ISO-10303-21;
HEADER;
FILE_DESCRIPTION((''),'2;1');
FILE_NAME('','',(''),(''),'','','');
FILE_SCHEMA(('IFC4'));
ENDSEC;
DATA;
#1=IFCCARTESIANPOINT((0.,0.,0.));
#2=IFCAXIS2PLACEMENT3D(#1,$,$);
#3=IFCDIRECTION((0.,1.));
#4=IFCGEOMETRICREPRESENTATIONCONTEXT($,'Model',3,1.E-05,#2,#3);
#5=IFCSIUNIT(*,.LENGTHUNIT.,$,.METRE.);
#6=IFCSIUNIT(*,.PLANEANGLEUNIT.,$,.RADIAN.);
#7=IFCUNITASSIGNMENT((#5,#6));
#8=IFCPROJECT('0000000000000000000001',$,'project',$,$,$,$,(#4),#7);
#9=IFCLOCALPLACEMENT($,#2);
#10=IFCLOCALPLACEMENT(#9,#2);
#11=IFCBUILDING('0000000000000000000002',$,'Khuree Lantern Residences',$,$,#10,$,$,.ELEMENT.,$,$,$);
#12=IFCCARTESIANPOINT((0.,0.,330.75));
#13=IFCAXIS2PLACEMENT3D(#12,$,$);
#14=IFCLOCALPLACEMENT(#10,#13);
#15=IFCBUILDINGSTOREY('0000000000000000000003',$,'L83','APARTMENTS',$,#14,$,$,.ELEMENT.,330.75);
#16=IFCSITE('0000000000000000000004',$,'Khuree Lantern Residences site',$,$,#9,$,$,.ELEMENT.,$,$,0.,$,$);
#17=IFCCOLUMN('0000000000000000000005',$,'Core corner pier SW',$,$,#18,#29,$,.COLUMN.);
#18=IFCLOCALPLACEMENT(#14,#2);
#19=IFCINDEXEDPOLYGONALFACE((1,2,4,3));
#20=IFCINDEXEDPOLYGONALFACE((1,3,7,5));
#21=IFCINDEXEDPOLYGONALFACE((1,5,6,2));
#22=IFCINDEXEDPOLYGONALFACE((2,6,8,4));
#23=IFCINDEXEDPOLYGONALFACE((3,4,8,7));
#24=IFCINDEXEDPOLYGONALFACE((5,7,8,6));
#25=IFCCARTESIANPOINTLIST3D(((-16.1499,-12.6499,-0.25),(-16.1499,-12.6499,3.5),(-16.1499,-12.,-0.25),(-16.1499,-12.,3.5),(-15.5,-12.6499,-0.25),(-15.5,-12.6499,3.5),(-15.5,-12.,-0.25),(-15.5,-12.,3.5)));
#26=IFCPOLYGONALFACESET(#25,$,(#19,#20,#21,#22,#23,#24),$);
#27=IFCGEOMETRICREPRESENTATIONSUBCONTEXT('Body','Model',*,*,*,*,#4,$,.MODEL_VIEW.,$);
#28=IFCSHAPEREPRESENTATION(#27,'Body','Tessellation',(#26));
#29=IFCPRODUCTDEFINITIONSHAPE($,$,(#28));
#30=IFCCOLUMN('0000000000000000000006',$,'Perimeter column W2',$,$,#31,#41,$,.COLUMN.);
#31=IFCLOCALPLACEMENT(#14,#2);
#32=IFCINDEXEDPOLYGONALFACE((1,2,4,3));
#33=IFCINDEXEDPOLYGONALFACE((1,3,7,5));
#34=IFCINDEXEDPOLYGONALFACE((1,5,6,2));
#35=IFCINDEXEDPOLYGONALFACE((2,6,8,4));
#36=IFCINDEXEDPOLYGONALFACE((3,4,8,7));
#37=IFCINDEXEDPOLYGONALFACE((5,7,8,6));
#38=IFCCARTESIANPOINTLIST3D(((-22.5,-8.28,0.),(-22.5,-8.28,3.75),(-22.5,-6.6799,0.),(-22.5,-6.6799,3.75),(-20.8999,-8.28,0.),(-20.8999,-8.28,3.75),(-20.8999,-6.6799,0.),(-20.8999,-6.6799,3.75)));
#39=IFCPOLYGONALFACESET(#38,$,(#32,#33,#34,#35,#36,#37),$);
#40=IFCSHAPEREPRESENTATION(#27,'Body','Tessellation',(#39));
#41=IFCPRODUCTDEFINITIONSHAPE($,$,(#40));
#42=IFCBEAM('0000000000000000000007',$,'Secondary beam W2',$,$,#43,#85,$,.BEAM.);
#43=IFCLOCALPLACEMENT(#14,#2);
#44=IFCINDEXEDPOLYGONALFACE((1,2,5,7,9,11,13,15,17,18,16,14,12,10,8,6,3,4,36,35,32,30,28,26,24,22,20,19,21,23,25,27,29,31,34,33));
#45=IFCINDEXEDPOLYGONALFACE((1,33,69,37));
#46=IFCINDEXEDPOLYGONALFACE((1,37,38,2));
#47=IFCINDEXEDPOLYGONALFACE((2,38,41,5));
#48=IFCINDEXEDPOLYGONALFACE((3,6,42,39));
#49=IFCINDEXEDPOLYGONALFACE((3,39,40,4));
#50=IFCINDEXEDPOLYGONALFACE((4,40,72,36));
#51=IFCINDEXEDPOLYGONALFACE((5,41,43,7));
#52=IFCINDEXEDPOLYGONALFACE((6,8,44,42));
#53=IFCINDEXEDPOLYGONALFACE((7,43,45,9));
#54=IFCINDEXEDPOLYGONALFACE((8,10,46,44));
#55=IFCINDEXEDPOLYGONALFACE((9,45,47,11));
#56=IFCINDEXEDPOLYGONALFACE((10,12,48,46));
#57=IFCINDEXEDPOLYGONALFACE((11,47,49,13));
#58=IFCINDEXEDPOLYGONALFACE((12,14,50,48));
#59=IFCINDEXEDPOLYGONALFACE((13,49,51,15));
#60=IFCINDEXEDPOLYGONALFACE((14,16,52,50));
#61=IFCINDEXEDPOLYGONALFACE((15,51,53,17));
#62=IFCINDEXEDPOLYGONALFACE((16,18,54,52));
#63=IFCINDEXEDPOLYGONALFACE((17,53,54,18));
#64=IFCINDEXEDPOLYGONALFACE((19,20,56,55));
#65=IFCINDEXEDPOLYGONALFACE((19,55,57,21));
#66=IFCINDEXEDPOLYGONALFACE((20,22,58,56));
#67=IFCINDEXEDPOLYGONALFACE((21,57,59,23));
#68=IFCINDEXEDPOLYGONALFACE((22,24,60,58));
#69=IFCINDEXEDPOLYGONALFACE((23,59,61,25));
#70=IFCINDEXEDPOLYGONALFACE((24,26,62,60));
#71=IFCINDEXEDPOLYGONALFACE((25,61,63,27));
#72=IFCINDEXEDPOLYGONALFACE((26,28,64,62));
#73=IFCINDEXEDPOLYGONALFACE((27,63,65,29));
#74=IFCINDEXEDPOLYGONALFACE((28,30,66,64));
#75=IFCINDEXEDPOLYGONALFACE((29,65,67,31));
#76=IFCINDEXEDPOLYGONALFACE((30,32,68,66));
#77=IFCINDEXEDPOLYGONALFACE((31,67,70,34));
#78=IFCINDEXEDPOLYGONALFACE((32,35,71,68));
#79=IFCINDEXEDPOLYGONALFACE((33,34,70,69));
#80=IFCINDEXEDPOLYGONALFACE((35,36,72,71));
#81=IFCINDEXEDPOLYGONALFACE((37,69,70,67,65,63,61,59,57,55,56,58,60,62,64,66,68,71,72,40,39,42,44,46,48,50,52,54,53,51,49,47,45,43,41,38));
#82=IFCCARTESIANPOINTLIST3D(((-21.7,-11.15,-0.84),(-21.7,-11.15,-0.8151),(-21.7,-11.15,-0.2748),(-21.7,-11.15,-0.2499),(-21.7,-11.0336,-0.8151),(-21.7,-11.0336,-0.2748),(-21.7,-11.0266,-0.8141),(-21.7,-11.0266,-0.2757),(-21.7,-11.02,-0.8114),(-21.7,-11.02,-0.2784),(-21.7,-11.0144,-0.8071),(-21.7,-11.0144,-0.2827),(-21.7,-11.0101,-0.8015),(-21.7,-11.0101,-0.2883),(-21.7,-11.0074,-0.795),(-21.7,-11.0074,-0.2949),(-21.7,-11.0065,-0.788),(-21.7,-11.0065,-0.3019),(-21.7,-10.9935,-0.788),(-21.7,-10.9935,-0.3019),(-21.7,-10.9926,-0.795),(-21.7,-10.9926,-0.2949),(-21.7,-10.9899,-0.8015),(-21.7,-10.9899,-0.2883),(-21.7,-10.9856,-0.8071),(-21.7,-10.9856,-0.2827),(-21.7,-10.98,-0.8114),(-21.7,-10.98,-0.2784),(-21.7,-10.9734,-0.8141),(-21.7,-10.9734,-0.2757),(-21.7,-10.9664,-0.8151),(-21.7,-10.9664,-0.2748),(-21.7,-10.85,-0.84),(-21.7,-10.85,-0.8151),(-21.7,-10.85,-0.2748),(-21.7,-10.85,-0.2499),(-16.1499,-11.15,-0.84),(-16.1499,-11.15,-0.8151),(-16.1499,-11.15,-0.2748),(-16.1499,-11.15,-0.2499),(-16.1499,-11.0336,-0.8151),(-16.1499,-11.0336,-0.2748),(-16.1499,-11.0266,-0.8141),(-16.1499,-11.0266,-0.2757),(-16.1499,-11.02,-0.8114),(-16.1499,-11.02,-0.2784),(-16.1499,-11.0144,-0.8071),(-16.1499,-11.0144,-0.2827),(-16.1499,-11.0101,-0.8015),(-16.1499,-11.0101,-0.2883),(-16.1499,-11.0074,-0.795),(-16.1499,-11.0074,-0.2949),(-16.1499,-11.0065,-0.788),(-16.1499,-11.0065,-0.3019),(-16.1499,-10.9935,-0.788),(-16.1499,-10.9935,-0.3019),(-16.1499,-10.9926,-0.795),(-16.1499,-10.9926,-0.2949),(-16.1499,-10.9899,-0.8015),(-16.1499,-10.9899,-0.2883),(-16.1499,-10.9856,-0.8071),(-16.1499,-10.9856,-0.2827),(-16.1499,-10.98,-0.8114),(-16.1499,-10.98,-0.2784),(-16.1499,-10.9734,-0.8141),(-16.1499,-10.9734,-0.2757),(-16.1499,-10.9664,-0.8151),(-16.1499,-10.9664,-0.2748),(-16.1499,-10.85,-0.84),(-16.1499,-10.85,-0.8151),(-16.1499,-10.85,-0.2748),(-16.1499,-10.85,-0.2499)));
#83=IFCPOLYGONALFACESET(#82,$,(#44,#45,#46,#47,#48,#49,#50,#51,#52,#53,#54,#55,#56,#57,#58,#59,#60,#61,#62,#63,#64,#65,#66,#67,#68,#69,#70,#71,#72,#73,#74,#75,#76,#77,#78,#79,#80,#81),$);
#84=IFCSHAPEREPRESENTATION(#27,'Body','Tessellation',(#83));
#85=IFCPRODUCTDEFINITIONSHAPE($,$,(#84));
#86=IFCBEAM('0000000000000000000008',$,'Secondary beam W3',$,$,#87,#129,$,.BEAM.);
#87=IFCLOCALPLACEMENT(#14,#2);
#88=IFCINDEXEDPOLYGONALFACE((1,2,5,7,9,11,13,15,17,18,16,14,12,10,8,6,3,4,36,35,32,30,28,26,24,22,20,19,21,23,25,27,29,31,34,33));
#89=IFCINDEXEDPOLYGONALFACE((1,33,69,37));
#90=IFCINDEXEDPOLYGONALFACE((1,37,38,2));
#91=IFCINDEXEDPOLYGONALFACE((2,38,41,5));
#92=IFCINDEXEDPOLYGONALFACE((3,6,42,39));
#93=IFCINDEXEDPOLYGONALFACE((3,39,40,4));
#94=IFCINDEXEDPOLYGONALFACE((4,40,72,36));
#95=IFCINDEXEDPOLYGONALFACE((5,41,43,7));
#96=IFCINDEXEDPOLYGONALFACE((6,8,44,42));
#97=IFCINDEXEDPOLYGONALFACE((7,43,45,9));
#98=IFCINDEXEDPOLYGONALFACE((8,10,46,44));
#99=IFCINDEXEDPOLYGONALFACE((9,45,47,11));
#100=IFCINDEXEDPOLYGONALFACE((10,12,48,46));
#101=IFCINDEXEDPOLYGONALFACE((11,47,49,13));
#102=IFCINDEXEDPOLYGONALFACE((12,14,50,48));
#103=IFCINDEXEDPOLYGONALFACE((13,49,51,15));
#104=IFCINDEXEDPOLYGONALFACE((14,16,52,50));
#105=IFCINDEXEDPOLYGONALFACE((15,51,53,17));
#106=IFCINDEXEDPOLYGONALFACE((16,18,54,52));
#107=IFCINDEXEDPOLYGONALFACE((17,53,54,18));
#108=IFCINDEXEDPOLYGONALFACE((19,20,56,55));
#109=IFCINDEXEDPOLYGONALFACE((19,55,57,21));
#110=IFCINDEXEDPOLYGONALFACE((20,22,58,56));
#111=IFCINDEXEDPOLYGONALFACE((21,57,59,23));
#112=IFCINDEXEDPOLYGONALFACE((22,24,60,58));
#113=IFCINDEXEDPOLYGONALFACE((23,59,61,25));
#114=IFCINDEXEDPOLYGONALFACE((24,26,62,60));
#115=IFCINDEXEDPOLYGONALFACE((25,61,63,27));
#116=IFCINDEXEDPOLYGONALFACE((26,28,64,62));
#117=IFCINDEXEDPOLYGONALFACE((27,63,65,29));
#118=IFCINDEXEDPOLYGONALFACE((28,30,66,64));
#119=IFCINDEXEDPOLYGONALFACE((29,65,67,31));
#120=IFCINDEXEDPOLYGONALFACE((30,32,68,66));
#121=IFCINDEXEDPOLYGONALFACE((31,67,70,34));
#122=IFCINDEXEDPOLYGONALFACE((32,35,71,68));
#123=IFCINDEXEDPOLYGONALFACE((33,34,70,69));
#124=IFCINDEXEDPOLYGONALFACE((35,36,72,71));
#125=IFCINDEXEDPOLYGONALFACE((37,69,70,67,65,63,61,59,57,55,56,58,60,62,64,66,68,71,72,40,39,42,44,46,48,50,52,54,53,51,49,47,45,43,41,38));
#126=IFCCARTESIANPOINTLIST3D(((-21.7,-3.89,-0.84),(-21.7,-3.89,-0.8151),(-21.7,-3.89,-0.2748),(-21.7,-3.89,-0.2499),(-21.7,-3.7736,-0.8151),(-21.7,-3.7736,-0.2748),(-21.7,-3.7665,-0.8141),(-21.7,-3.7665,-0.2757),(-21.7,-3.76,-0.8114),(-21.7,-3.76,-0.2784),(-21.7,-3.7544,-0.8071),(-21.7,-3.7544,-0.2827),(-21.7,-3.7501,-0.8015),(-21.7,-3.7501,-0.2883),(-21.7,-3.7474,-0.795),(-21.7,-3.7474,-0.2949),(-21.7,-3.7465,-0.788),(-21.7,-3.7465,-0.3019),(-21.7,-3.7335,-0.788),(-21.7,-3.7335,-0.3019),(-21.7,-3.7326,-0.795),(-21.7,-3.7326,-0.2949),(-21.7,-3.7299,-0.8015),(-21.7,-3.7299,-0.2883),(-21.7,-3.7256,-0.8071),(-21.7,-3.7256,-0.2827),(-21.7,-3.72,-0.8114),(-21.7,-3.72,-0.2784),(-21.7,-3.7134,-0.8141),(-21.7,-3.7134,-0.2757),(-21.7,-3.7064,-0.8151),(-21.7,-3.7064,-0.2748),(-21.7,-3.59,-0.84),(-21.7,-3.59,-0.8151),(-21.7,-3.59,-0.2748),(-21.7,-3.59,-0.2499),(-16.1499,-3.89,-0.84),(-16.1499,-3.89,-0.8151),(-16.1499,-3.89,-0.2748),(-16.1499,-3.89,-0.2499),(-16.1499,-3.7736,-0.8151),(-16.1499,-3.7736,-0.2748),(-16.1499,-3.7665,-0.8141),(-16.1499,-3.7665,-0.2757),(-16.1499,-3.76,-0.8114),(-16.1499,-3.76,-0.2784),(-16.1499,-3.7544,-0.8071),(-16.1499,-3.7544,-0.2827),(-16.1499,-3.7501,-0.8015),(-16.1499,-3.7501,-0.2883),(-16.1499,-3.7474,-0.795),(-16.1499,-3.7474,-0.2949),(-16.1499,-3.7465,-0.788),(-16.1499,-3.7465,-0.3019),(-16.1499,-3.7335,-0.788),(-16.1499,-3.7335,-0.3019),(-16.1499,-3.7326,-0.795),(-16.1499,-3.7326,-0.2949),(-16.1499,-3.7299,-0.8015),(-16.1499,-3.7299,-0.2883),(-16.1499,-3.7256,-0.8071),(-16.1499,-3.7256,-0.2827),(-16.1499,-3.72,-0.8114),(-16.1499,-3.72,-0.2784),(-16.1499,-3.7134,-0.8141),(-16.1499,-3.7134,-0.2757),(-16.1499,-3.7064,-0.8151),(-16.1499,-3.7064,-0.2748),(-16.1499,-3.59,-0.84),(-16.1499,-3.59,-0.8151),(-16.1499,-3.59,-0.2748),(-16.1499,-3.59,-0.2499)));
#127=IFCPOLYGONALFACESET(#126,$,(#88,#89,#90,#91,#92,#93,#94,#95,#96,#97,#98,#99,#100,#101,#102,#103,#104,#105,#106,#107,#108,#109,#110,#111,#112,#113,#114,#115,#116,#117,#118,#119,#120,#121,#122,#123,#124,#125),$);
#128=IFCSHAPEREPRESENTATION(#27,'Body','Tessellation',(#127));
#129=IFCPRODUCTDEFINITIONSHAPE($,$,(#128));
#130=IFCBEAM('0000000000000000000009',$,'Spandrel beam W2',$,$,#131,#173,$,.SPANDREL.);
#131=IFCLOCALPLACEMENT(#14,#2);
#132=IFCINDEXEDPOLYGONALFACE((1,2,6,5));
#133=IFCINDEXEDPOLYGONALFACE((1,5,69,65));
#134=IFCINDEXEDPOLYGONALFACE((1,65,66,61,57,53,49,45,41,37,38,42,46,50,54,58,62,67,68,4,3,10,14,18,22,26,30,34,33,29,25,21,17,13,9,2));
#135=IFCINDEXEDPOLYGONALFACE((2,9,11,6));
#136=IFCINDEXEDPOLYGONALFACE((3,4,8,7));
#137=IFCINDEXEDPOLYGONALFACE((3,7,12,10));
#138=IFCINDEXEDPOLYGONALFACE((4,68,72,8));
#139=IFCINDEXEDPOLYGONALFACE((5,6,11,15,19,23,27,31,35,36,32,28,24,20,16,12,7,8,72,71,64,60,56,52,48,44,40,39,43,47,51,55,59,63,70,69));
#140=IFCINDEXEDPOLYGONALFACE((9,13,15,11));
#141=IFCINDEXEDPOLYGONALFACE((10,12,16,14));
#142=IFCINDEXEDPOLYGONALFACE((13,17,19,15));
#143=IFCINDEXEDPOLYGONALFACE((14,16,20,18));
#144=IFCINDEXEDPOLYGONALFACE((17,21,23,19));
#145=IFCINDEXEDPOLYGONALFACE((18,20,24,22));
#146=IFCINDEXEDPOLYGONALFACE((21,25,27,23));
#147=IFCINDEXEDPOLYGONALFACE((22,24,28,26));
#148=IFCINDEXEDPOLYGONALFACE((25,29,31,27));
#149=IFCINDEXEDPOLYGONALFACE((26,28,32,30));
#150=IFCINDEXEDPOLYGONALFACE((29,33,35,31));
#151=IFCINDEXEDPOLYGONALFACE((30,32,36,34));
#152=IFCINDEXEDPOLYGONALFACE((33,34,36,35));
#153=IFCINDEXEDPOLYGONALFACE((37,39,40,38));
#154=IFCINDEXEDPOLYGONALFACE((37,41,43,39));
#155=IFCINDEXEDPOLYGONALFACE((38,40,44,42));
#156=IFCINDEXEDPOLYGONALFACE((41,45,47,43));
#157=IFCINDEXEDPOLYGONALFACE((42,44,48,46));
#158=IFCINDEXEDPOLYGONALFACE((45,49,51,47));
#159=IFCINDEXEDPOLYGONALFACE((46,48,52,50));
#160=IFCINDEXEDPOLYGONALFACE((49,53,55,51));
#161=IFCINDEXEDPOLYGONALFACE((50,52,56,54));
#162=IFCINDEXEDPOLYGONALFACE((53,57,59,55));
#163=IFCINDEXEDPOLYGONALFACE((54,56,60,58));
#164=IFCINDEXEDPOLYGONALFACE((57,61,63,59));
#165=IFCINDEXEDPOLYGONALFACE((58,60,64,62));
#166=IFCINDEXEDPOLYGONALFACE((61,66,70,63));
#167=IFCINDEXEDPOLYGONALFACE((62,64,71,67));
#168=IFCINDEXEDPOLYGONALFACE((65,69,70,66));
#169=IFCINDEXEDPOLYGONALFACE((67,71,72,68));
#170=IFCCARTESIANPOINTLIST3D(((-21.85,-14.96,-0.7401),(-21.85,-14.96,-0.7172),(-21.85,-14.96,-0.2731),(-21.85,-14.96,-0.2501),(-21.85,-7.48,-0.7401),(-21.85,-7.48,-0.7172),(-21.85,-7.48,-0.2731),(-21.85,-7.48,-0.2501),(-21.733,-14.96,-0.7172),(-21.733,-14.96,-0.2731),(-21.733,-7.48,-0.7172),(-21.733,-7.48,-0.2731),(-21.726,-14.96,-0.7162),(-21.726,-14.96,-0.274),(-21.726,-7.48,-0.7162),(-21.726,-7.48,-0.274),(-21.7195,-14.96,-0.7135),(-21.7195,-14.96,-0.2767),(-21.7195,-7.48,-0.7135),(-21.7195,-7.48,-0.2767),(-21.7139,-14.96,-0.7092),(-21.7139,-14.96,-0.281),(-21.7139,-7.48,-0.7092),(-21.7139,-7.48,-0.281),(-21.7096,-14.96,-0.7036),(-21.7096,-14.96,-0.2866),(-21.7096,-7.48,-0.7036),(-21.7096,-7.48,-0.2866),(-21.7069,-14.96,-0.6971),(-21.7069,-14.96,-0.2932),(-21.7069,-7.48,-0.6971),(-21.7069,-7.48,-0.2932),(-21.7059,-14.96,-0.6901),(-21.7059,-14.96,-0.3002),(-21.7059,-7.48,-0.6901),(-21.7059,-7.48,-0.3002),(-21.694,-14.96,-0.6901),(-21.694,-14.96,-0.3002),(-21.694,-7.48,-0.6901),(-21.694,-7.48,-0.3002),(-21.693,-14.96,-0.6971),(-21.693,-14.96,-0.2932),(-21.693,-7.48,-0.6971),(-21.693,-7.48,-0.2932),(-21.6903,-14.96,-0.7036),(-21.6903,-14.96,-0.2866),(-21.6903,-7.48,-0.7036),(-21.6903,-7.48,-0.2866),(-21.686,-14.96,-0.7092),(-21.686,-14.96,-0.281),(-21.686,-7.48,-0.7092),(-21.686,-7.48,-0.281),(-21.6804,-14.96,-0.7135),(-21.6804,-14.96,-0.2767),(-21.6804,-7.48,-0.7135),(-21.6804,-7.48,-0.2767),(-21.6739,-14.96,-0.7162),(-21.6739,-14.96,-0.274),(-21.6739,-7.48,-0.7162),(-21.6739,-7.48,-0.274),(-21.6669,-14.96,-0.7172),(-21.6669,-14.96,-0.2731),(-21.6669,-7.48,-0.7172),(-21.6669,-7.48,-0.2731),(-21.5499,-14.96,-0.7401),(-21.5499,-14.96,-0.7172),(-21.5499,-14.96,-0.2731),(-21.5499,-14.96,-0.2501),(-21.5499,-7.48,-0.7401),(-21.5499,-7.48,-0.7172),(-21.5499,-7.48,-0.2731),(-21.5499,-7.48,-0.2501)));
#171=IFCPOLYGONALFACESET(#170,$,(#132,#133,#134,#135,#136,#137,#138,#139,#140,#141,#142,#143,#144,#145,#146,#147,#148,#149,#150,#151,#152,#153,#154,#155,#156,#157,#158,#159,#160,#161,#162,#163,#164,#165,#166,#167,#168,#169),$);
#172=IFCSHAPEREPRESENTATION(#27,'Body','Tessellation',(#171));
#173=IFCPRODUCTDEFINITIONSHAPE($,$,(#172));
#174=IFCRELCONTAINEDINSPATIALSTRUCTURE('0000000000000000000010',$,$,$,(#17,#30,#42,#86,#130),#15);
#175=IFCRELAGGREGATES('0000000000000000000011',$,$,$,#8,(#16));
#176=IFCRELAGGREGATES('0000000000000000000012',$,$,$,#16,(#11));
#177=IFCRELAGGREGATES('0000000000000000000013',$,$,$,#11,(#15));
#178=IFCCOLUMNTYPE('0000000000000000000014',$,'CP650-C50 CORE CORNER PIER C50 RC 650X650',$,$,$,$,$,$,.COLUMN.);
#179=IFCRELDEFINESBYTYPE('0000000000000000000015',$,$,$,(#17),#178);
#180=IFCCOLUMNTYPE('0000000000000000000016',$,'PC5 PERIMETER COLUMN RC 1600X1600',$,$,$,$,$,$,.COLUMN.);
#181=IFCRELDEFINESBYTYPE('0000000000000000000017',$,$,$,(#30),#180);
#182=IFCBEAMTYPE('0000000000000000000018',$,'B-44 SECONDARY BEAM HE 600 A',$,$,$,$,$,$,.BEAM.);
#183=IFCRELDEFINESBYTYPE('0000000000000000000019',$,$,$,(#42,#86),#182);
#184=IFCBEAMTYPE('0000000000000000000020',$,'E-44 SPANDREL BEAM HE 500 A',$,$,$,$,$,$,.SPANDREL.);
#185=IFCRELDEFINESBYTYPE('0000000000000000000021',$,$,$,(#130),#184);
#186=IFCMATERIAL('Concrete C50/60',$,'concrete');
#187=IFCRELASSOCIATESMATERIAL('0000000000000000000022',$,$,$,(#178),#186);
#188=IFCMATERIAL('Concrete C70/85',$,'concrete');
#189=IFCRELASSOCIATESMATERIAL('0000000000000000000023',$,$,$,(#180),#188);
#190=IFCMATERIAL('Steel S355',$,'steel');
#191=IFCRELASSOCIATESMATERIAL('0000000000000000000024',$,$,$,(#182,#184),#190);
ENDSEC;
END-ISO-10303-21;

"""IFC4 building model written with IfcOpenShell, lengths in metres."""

from ifc_helpers import new_model, si_unit, direction, frame, origin, origin_2d, place, context, subcontext, project, spatial, rectangle, i_section, extrude, material, material_profile, profile_set, type_object, element, save


model = new_model("IFC4")

# Units and contexts
model_context = context("Model", 3, precision=1e-05, world=origin(), true_north=direction((0.0, 1.0)))
body_context = subcontext(model_context, "Body", "Model", "MODEL_VIEW")
ifc_project = project(units=[si_unit("LENGTHUNIT", "METRE"), si_unit("PLANEANGLEUNIT", "RADIAN")], contexts=[model_context])

# Site, building, storey
site_placement = place(None, origin())
site = spatial("IfcSite", under=ifc_project, at=site_placement, Name="Khuree Lantern Residences site", CompositionType="ELEMENT", RefElevation=0.0)
building_placement = place(site_placement, origin())
building = spatial("IfcBuilding", under=site, at=building_placement, Name="Khuree Lantern Residences", CompositionType="ELEMENT")
storey_placement = place(building_placement, frame((0.0, 0.0, 330.75)))
storey = spatial("IfcBuildingStorey", under=building, at=storey_placement, Name="L83", Description="APARTMENTS", CompositionType="ELEMENT", Elevation=330.75)

# Columns
ifc_material_1 = material(Name="Concrete C50/60", Category="concrete")
ifc_material_profile_1 = material_profile(ifc_material_1, rectangle(XDim=0.6499, YDim=0.6499, at=origin_2d()), Name="RC 650X650")
ifc_profile_set_1 = profile_set([ifc_material_profile_1], Name="Concrete C50/60")
column_type_1 = type_object("IfcColumnType", Name="CP650-C50 CORE CORNER PIER C50 RC 650X650", PredefinedType="COLUMN", material=ifc_profile_set_1)
column_1_placement = place(storey_placement, frame((-15.825, -12.325, -0.25), z_axis=(0.0, 0.0, 1.0), x_axis=(1.0, 0.0, 0.0)))
element("IfcColumn", 1, at=column_1_placement, inside=storey, type_object=column_type_1, Name="Core corner pier SW", PredefinedType="COLUMN", context=body_context, shape_type="SweptSolid", body=[
    extrude(rectangle(XDim=0.6499, YDim=0.6499, at=origin_2d()), origin(), (0.0, 0.0, 1.0), 3.75),
])
ifc_material_2 = material(Name="Concrete C70/85", Category="concrete")
ifc_material_profile_2 = material_profile(ifc_material_2, rectangle(XDim=1.6001, YDim=1.6001, at=origin_2d()), Name="RC 1600X1600")
ifc_profile_set_2 = profile_set([ifc_material_profile_2], Name="Concrete C70/85")
column_type_2 = type_object("IfcColumnType", Name="PC5 PERIMETER COLUMN RC 1600X1600", PredefinedType="COLUMN", material=ifc_profile_set_2)
column_2_placement = place(storey_placement, frame((-21.7, -7.48, 0.0), z_axis=(0.0, 0.0, 1.0), x_axis=(0.0, 1.0, 0.0)))
element("IfcColumn", 2, at=column_2_placement, inside=storey, type_object=column_type_2, Name="Perimeter column W2", PredefinedType="COLUMN", context=body_context, shape_type="SweptSolid", body=[
    extrude(rectangle(XDim=1.6001, YDim=1.6001, at=origin_2d()), origin(), (0.0, 0.0, 1.0), 3.75),
])

# Beams
ifc_material_3 = material(Name="Steel S355", Category="steel")
ifc_material_profile_3 = material_profile(ifc_material_3, i_section(OverallWidth=0.3, OverallDepth=0.5901, WebThickness=0.0129, FlangeThickness=0.0249, FilletRadius=0.0271, at=origin_2d()), Name="HE 600 A")
ifc_profile_set_3 = profile_set([ifc_material_profile_3], Name="Steel S355")
beam_type_1 = type_object("IfcBeamType", Name="B-44 SECONDARY BEAM HE 600 A", PredefinedType="BEAM", material=ifc_profile_set_3)
for number, where, z_axis, x_axis, name in (
    (3, (-21.7, -11.0, -0.5449), (1.0, 0.0, 0.0), (0.0, 1.0, 0.0), "Secondary beam W2"),
    (4, (-21.7, -3.74, -0.5449), (1.0, 0.0, 0.0), (0.0, 1.0, 0.0), "Secondary beam W3"),
):
    element("IfcBeam", number, at=place(storey_placement, frame(where, z_axis=z_axis, x_axis=x_axis)), inside=storey, type_object=beam_type_1, Name=name, PredefinedType="BEAM", context=body_context, shape_type="SweptSolid", body=[
        extrude(i_section(OverallWidth=0.3, OverallDepth=0.5901, WebThickness=0.0129, FlangeThickness=0.0249, FilletRadius=0.0271, at=origin_2d()), origin(), (0.0, 0.0, 1.0), 5.55),
    ])
ifc_material_profile_4 = material_profile(ifc_material_3, i_section(OverallWidth=0.3, OverallDepth=0.49, WebThickness=0.012, FlangeThickness=0.0229, FilletRadius=0.0271, at=origin_2d()), Name="HE 500 A")
ifc_profile_set_4 = profile_set([ifc_material_profile_4], Name="Steel S355")
beam_type_2 = type_object("IfcBeamType", Name="E-44 SPANDREL BEAM HE 500 A", PredefinedType="SPANDREL", material=ifc_profile_set_4)
for number, where, z_axis, x_axis, name in (
    (5, (-21.7, -14.96, -0.4951), (0.0, 1.0, 0.0), (-1.0, 0.0, 0.0), "Spandrel beam W2"),
):
    element("IfcBeam", number, at=place(storey_placement, frame(where, z_axis=z_axis, x_axis=x_axis)), inside=storey, type_object=beam_type_2, Name=name, PredefinedType="SPANDREL", context=body_context, shape_type="SweptSolid", body=[
        extrude(i_section(OverallWidth=0.3, OverallDepth=0.49, WebThickness=0.012, FlangeThickness=0.0229, FilletRadius=0.0271, at=origin_2d()), origin(), (0.0, 0.0, 1.0), 7.48),
    ])

save(model, "model.ifc")
